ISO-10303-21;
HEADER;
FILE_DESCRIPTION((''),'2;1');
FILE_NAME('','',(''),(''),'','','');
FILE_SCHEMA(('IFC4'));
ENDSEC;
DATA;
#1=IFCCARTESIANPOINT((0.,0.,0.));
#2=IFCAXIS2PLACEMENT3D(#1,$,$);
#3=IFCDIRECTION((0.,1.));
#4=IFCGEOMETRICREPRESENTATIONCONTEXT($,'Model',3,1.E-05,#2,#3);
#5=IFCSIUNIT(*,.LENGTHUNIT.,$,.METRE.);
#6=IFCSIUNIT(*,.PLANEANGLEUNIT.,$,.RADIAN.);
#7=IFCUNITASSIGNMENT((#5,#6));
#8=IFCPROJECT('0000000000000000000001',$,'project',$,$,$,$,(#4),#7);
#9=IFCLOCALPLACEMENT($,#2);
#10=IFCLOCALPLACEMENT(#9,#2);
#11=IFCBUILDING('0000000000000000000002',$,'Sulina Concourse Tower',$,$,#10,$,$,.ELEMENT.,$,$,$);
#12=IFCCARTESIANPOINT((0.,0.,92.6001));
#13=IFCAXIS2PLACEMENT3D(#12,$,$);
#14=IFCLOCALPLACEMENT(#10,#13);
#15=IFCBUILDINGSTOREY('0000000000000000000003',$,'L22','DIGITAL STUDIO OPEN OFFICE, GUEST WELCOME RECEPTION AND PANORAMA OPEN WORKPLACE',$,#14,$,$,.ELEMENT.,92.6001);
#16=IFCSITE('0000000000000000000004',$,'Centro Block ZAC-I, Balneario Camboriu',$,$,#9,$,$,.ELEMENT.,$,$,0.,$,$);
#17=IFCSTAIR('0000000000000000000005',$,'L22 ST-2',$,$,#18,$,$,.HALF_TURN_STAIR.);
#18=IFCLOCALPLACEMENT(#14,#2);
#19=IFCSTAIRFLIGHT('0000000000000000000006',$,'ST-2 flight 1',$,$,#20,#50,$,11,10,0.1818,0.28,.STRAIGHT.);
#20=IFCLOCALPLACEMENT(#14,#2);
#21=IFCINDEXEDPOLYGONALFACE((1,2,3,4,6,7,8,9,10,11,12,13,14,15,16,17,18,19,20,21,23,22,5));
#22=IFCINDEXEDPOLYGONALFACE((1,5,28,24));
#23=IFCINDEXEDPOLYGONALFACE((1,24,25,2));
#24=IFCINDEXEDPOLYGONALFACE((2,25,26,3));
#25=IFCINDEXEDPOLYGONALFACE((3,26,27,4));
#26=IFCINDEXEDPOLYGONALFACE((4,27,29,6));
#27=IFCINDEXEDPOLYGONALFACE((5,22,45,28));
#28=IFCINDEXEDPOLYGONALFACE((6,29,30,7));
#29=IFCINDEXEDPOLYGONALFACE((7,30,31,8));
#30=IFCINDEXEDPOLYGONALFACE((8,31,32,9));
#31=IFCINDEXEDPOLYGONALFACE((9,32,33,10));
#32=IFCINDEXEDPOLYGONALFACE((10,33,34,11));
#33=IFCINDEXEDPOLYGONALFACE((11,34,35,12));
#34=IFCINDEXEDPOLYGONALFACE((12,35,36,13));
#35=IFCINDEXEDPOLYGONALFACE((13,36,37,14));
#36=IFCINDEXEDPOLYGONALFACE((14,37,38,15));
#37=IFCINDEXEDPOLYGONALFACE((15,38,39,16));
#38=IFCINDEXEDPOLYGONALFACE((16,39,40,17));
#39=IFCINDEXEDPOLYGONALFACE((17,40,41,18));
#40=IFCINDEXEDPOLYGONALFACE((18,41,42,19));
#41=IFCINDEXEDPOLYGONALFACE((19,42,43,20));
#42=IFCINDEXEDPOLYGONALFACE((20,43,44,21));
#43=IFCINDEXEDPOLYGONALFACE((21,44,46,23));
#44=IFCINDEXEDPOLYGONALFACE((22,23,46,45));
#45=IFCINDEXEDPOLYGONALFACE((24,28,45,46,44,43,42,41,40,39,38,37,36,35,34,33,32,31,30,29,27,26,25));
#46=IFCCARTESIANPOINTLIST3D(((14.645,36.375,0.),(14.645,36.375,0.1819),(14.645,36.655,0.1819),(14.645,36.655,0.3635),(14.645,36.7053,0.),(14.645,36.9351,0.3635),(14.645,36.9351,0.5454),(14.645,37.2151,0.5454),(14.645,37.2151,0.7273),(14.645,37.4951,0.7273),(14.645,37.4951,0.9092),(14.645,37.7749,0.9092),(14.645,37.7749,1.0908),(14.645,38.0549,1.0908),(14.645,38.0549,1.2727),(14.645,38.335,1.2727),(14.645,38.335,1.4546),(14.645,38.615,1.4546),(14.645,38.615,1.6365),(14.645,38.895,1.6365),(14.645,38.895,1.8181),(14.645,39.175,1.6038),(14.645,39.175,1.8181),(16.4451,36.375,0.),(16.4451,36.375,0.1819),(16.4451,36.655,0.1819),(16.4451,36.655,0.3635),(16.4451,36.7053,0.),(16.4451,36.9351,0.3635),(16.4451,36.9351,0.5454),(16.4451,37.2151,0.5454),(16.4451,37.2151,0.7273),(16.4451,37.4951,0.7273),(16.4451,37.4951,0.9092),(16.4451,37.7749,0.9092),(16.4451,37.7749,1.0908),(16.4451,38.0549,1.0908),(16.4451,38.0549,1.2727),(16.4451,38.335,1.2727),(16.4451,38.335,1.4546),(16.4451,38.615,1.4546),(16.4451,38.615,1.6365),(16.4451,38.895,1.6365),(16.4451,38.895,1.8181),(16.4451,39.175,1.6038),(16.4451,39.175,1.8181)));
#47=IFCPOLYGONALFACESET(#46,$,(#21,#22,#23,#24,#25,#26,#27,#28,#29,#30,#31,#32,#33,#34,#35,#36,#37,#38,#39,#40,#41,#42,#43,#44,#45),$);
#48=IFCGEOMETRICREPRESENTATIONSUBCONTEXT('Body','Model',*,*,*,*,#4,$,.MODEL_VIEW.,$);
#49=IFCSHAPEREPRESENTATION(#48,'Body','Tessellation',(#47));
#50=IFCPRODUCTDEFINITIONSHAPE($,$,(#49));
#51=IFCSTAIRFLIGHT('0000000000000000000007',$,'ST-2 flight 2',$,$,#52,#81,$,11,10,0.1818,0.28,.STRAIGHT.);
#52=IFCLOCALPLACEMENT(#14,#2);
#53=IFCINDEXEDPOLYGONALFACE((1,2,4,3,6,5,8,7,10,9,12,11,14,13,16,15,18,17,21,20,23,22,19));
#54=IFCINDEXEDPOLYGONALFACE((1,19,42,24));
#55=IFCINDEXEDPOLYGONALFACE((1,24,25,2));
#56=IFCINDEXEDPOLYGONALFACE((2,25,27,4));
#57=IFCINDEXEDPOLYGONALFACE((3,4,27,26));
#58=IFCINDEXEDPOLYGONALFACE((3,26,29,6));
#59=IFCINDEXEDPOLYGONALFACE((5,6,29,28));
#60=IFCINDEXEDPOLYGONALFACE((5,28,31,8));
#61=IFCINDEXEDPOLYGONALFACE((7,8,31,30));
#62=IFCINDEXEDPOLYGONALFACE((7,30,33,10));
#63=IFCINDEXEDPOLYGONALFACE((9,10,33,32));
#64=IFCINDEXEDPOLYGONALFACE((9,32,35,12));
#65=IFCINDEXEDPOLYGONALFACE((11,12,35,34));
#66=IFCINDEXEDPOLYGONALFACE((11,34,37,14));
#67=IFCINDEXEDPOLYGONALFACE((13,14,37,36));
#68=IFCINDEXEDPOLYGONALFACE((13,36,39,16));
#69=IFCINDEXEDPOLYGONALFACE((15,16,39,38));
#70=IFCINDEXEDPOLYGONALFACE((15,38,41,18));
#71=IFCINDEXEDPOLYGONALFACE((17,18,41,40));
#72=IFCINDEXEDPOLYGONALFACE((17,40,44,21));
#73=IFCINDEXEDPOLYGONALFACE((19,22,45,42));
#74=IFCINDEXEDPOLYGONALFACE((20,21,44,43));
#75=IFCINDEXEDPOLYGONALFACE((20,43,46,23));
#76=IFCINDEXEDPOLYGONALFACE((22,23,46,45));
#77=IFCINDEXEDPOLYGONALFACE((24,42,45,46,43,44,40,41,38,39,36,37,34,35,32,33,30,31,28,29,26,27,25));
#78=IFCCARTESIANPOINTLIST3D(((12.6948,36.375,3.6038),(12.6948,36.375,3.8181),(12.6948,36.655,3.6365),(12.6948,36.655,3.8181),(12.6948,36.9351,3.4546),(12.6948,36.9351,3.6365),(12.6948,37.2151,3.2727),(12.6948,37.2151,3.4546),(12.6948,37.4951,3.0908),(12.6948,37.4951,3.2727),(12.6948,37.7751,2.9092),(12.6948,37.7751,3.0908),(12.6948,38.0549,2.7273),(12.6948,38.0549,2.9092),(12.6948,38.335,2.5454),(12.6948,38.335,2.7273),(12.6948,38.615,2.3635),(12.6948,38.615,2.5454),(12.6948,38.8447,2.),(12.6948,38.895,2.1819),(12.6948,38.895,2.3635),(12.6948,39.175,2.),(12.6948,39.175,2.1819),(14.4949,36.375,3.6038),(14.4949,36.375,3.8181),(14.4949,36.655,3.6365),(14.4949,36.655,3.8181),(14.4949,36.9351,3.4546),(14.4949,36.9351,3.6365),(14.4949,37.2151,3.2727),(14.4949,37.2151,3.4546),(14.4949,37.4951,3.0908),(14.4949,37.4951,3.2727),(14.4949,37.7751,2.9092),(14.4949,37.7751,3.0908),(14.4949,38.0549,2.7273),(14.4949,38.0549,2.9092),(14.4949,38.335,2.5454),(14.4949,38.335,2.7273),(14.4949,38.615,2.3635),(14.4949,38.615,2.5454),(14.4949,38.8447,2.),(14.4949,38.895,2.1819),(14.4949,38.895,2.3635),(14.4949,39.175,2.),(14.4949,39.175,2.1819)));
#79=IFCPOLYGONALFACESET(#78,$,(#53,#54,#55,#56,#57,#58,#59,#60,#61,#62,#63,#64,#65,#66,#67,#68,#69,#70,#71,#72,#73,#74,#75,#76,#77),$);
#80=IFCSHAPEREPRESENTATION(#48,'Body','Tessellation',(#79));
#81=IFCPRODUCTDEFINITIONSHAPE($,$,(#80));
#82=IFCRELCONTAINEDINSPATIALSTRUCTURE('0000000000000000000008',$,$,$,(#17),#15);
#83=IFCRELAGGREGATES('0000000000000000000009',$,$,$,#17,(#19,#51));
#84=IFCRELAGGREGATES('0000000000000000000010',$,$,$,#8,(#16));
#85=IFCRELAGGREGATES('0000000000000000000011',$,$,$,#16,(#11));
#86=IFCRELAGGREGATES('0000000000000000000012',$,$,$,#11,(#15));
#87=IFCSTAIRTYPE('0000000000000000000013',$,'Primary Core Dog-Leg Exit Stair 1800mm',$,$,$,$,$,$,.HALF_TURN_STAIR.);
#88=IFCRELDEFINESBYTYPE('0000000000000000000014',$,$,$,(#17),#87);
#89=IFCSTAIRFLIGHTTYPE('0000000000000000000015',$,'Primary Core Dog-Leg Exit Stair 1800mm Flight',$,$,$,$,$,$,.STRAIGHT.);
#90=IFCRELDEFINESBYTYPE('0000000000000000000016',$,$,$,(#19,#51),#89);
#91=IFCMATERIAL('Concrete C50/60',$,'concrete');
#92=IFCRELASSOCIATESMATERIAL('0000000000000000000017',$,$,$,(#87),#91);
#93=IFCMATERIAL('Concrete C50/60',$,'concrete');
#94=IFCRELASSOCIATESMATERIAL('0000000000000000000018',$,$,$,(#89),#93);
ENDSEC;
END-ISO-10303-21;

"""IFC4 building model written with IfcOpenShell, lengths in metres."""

from ifc_helpers import new_model, si_unit, direction, frame, origin, place, context, subcontext, project, spatial, polyline, outline, extrude, material, type_object, element, aggregate, save


model = new_model("IFC4")

# Units and contexts
model_context = context("Model", 3, precision=1e-05, world=origin(), true_north=direction((0.0, 1.0)))
body_context = subcontext(model_context, "Body", "Model", "MODEL_VIEW")
ifc_project = project(units=[si_unit("LENGTHUNIT", "METRE"), si_unit("PLANEANGLEUNIT", "RADIAN")], contexts=[model_context])

# Site, building, storey
site_placement = place(None, origin())
site = spatial("IfcSite", under=ifc_project, at=site_placement, Name="Centro Block ZAC-I, Balneario Camboriu", CompositionType="ELEMENT", RefElevation=0.0)
building_placement = place(site_placement, origin())
building = spatial("IfcBuilding", under=site, at=building_placement, Name="Sulina Concourse Tower", CompositionType="ELEMENT")
storey_placement = place(building_placement, frame((0.0, 0.0, 92.6001)))
storey = spatial("IfcBuildingStorey", under=building, at=storey_placement, Name="L22", Description="DIGITAL STUDIO OPEN OFFICE, GUEST WELCOME RECEPTION AND PANORAMA OPEN WORKPLACE", CompositionType="ELEMENT", Elevation=92.6001)

# Stair, stair flights
ifc_material_1 = material(Name="Concrete C50/60", Category="concrete")
stair_type = type_object("IfcStairType", Name="Primary Core Dog-Leg Exit Stair 1800mm", PredefinedType="HALF_TURN_STAIR", material=ifc_material_1)
stair_placement = place(storey_placement, origin())
stair = element("IfcStair", 1, at=stair_placement, inside=storey, type_object=stair_type, Name="L22 ST-2", PredefinedType="HALF_TURN_STAIR")
ifc_material_2 = material(Name="Concrete C50/60", Category="concrete")
stair_flight_type = type_object("IfcStairFlightType", Name="Primary Core Dog-Leg Exit Stair 1800mm Flight", PredefinedType="STRAIGHT", material=ifc_material_2)
stair_flight_1_placement = place(storey_placement, frame((15.5449, 36.375, 0.0), z_axis=(0.0, 0.0, 1.0), x_axis=(0.0, 1.0, 0.0)))
stair_flight_1 = element("IfcStairFlight", 2, at=stair_flight_1_placement, type_object=stair_flight_type, Name="ST-2 flight 1", NumberOfRisers=11, NumberOfTreads=10, PredefinedType="STRAIGHT", RiserHeight=0.1818, TreadLength=0.28, context=body_context, shape_type="SweptSolid", body=[
    extrude(outline(polyline([(0.0, 0.0), (0.0, 0.1819), (0.28, 0.1819), (0.28, 0.3635), (0.5601, 0.3635), (0.5601, 0.5454), (0.8401, 0.5454), (0.8401, 0.7273), (1.1201, 0.7273), (1.1201, 0.9092), (1.3999, 0.9092), (1.3999, 1.0908), (1.6799, 1.0908), (1.6799, 1.2727), (1.96, 1.2727), (1.96, 1.4546), (2.24, 1.4546), (2.24, 1.6365), (2.52, 1.6365), (2.52, 1.8181), (2.8, 1.8181), (2.8, 2.0), (2.8, 1.6038), (0.3303, 0.0), (0.0, 0.0)])), frame((0.0, 0.8999, 0.0), z_axis=(0.0, -1.0, 0.0), x_axis=(1.0, 0.0, 0.0)), (0.0, 0.0, 1.0), 1.8),
])
stair_flight_2_placement = place(storey_placement, frame((13.595, 39.175, 2.0), z_axis=(0.0, 0.0, 1.0), x_axis=(0.0, -1.0, 0.0)))
stair_flight_2 = element("IfcStairFlight", 3, at=stair_flight_2_placement, type_object=stair_flight_type, Name="ST-2 flight 2", NumberOfRisers=11, NumberOfTreads=10, PredefinedType="STRAIGHT", RiserHeight=0.1818, TreadLength=0.28, context=body_context, shape_type="SweptSolid", body=[
    extrude(outline(polyline([(0.0, 0.0), (0.0, 0.1819), (0.28, 0.1819), (0.28, 0.3635), (0.5601, 0.3635), (0.5601, 0.5454), (0.8401, 0.5454), (0.8401, 0.7273), (1.1201, 0.7273), (1.1201, 0.9092), (1.3999, 0.9092), (1.3999, 1.0908), (1.6799, 1.0908), (1.6799, 1.2727), (1.96, 1.2727), (1.96, 1.4546), (2.24, 1.4546), (2.24, 1.6365), (2.52, 1.6365), (2.52, 1.8181), (2.8, 1.8181), (2.8, 2.0), (2.8, 1.6038), (0.3303, 0.0), (0.0, 0.0)])), frame((0.0, 0.8999, 0.0), z_axis=(0.0, -1.0, 0.0), x_axis=(1.0, 0.0, 0.0)), (0.0, 0.0, 1.0), 1.8),
])
aggregate(stair, [stair_flight_1, stair_flight_2])

save(model, "model.ifc")
